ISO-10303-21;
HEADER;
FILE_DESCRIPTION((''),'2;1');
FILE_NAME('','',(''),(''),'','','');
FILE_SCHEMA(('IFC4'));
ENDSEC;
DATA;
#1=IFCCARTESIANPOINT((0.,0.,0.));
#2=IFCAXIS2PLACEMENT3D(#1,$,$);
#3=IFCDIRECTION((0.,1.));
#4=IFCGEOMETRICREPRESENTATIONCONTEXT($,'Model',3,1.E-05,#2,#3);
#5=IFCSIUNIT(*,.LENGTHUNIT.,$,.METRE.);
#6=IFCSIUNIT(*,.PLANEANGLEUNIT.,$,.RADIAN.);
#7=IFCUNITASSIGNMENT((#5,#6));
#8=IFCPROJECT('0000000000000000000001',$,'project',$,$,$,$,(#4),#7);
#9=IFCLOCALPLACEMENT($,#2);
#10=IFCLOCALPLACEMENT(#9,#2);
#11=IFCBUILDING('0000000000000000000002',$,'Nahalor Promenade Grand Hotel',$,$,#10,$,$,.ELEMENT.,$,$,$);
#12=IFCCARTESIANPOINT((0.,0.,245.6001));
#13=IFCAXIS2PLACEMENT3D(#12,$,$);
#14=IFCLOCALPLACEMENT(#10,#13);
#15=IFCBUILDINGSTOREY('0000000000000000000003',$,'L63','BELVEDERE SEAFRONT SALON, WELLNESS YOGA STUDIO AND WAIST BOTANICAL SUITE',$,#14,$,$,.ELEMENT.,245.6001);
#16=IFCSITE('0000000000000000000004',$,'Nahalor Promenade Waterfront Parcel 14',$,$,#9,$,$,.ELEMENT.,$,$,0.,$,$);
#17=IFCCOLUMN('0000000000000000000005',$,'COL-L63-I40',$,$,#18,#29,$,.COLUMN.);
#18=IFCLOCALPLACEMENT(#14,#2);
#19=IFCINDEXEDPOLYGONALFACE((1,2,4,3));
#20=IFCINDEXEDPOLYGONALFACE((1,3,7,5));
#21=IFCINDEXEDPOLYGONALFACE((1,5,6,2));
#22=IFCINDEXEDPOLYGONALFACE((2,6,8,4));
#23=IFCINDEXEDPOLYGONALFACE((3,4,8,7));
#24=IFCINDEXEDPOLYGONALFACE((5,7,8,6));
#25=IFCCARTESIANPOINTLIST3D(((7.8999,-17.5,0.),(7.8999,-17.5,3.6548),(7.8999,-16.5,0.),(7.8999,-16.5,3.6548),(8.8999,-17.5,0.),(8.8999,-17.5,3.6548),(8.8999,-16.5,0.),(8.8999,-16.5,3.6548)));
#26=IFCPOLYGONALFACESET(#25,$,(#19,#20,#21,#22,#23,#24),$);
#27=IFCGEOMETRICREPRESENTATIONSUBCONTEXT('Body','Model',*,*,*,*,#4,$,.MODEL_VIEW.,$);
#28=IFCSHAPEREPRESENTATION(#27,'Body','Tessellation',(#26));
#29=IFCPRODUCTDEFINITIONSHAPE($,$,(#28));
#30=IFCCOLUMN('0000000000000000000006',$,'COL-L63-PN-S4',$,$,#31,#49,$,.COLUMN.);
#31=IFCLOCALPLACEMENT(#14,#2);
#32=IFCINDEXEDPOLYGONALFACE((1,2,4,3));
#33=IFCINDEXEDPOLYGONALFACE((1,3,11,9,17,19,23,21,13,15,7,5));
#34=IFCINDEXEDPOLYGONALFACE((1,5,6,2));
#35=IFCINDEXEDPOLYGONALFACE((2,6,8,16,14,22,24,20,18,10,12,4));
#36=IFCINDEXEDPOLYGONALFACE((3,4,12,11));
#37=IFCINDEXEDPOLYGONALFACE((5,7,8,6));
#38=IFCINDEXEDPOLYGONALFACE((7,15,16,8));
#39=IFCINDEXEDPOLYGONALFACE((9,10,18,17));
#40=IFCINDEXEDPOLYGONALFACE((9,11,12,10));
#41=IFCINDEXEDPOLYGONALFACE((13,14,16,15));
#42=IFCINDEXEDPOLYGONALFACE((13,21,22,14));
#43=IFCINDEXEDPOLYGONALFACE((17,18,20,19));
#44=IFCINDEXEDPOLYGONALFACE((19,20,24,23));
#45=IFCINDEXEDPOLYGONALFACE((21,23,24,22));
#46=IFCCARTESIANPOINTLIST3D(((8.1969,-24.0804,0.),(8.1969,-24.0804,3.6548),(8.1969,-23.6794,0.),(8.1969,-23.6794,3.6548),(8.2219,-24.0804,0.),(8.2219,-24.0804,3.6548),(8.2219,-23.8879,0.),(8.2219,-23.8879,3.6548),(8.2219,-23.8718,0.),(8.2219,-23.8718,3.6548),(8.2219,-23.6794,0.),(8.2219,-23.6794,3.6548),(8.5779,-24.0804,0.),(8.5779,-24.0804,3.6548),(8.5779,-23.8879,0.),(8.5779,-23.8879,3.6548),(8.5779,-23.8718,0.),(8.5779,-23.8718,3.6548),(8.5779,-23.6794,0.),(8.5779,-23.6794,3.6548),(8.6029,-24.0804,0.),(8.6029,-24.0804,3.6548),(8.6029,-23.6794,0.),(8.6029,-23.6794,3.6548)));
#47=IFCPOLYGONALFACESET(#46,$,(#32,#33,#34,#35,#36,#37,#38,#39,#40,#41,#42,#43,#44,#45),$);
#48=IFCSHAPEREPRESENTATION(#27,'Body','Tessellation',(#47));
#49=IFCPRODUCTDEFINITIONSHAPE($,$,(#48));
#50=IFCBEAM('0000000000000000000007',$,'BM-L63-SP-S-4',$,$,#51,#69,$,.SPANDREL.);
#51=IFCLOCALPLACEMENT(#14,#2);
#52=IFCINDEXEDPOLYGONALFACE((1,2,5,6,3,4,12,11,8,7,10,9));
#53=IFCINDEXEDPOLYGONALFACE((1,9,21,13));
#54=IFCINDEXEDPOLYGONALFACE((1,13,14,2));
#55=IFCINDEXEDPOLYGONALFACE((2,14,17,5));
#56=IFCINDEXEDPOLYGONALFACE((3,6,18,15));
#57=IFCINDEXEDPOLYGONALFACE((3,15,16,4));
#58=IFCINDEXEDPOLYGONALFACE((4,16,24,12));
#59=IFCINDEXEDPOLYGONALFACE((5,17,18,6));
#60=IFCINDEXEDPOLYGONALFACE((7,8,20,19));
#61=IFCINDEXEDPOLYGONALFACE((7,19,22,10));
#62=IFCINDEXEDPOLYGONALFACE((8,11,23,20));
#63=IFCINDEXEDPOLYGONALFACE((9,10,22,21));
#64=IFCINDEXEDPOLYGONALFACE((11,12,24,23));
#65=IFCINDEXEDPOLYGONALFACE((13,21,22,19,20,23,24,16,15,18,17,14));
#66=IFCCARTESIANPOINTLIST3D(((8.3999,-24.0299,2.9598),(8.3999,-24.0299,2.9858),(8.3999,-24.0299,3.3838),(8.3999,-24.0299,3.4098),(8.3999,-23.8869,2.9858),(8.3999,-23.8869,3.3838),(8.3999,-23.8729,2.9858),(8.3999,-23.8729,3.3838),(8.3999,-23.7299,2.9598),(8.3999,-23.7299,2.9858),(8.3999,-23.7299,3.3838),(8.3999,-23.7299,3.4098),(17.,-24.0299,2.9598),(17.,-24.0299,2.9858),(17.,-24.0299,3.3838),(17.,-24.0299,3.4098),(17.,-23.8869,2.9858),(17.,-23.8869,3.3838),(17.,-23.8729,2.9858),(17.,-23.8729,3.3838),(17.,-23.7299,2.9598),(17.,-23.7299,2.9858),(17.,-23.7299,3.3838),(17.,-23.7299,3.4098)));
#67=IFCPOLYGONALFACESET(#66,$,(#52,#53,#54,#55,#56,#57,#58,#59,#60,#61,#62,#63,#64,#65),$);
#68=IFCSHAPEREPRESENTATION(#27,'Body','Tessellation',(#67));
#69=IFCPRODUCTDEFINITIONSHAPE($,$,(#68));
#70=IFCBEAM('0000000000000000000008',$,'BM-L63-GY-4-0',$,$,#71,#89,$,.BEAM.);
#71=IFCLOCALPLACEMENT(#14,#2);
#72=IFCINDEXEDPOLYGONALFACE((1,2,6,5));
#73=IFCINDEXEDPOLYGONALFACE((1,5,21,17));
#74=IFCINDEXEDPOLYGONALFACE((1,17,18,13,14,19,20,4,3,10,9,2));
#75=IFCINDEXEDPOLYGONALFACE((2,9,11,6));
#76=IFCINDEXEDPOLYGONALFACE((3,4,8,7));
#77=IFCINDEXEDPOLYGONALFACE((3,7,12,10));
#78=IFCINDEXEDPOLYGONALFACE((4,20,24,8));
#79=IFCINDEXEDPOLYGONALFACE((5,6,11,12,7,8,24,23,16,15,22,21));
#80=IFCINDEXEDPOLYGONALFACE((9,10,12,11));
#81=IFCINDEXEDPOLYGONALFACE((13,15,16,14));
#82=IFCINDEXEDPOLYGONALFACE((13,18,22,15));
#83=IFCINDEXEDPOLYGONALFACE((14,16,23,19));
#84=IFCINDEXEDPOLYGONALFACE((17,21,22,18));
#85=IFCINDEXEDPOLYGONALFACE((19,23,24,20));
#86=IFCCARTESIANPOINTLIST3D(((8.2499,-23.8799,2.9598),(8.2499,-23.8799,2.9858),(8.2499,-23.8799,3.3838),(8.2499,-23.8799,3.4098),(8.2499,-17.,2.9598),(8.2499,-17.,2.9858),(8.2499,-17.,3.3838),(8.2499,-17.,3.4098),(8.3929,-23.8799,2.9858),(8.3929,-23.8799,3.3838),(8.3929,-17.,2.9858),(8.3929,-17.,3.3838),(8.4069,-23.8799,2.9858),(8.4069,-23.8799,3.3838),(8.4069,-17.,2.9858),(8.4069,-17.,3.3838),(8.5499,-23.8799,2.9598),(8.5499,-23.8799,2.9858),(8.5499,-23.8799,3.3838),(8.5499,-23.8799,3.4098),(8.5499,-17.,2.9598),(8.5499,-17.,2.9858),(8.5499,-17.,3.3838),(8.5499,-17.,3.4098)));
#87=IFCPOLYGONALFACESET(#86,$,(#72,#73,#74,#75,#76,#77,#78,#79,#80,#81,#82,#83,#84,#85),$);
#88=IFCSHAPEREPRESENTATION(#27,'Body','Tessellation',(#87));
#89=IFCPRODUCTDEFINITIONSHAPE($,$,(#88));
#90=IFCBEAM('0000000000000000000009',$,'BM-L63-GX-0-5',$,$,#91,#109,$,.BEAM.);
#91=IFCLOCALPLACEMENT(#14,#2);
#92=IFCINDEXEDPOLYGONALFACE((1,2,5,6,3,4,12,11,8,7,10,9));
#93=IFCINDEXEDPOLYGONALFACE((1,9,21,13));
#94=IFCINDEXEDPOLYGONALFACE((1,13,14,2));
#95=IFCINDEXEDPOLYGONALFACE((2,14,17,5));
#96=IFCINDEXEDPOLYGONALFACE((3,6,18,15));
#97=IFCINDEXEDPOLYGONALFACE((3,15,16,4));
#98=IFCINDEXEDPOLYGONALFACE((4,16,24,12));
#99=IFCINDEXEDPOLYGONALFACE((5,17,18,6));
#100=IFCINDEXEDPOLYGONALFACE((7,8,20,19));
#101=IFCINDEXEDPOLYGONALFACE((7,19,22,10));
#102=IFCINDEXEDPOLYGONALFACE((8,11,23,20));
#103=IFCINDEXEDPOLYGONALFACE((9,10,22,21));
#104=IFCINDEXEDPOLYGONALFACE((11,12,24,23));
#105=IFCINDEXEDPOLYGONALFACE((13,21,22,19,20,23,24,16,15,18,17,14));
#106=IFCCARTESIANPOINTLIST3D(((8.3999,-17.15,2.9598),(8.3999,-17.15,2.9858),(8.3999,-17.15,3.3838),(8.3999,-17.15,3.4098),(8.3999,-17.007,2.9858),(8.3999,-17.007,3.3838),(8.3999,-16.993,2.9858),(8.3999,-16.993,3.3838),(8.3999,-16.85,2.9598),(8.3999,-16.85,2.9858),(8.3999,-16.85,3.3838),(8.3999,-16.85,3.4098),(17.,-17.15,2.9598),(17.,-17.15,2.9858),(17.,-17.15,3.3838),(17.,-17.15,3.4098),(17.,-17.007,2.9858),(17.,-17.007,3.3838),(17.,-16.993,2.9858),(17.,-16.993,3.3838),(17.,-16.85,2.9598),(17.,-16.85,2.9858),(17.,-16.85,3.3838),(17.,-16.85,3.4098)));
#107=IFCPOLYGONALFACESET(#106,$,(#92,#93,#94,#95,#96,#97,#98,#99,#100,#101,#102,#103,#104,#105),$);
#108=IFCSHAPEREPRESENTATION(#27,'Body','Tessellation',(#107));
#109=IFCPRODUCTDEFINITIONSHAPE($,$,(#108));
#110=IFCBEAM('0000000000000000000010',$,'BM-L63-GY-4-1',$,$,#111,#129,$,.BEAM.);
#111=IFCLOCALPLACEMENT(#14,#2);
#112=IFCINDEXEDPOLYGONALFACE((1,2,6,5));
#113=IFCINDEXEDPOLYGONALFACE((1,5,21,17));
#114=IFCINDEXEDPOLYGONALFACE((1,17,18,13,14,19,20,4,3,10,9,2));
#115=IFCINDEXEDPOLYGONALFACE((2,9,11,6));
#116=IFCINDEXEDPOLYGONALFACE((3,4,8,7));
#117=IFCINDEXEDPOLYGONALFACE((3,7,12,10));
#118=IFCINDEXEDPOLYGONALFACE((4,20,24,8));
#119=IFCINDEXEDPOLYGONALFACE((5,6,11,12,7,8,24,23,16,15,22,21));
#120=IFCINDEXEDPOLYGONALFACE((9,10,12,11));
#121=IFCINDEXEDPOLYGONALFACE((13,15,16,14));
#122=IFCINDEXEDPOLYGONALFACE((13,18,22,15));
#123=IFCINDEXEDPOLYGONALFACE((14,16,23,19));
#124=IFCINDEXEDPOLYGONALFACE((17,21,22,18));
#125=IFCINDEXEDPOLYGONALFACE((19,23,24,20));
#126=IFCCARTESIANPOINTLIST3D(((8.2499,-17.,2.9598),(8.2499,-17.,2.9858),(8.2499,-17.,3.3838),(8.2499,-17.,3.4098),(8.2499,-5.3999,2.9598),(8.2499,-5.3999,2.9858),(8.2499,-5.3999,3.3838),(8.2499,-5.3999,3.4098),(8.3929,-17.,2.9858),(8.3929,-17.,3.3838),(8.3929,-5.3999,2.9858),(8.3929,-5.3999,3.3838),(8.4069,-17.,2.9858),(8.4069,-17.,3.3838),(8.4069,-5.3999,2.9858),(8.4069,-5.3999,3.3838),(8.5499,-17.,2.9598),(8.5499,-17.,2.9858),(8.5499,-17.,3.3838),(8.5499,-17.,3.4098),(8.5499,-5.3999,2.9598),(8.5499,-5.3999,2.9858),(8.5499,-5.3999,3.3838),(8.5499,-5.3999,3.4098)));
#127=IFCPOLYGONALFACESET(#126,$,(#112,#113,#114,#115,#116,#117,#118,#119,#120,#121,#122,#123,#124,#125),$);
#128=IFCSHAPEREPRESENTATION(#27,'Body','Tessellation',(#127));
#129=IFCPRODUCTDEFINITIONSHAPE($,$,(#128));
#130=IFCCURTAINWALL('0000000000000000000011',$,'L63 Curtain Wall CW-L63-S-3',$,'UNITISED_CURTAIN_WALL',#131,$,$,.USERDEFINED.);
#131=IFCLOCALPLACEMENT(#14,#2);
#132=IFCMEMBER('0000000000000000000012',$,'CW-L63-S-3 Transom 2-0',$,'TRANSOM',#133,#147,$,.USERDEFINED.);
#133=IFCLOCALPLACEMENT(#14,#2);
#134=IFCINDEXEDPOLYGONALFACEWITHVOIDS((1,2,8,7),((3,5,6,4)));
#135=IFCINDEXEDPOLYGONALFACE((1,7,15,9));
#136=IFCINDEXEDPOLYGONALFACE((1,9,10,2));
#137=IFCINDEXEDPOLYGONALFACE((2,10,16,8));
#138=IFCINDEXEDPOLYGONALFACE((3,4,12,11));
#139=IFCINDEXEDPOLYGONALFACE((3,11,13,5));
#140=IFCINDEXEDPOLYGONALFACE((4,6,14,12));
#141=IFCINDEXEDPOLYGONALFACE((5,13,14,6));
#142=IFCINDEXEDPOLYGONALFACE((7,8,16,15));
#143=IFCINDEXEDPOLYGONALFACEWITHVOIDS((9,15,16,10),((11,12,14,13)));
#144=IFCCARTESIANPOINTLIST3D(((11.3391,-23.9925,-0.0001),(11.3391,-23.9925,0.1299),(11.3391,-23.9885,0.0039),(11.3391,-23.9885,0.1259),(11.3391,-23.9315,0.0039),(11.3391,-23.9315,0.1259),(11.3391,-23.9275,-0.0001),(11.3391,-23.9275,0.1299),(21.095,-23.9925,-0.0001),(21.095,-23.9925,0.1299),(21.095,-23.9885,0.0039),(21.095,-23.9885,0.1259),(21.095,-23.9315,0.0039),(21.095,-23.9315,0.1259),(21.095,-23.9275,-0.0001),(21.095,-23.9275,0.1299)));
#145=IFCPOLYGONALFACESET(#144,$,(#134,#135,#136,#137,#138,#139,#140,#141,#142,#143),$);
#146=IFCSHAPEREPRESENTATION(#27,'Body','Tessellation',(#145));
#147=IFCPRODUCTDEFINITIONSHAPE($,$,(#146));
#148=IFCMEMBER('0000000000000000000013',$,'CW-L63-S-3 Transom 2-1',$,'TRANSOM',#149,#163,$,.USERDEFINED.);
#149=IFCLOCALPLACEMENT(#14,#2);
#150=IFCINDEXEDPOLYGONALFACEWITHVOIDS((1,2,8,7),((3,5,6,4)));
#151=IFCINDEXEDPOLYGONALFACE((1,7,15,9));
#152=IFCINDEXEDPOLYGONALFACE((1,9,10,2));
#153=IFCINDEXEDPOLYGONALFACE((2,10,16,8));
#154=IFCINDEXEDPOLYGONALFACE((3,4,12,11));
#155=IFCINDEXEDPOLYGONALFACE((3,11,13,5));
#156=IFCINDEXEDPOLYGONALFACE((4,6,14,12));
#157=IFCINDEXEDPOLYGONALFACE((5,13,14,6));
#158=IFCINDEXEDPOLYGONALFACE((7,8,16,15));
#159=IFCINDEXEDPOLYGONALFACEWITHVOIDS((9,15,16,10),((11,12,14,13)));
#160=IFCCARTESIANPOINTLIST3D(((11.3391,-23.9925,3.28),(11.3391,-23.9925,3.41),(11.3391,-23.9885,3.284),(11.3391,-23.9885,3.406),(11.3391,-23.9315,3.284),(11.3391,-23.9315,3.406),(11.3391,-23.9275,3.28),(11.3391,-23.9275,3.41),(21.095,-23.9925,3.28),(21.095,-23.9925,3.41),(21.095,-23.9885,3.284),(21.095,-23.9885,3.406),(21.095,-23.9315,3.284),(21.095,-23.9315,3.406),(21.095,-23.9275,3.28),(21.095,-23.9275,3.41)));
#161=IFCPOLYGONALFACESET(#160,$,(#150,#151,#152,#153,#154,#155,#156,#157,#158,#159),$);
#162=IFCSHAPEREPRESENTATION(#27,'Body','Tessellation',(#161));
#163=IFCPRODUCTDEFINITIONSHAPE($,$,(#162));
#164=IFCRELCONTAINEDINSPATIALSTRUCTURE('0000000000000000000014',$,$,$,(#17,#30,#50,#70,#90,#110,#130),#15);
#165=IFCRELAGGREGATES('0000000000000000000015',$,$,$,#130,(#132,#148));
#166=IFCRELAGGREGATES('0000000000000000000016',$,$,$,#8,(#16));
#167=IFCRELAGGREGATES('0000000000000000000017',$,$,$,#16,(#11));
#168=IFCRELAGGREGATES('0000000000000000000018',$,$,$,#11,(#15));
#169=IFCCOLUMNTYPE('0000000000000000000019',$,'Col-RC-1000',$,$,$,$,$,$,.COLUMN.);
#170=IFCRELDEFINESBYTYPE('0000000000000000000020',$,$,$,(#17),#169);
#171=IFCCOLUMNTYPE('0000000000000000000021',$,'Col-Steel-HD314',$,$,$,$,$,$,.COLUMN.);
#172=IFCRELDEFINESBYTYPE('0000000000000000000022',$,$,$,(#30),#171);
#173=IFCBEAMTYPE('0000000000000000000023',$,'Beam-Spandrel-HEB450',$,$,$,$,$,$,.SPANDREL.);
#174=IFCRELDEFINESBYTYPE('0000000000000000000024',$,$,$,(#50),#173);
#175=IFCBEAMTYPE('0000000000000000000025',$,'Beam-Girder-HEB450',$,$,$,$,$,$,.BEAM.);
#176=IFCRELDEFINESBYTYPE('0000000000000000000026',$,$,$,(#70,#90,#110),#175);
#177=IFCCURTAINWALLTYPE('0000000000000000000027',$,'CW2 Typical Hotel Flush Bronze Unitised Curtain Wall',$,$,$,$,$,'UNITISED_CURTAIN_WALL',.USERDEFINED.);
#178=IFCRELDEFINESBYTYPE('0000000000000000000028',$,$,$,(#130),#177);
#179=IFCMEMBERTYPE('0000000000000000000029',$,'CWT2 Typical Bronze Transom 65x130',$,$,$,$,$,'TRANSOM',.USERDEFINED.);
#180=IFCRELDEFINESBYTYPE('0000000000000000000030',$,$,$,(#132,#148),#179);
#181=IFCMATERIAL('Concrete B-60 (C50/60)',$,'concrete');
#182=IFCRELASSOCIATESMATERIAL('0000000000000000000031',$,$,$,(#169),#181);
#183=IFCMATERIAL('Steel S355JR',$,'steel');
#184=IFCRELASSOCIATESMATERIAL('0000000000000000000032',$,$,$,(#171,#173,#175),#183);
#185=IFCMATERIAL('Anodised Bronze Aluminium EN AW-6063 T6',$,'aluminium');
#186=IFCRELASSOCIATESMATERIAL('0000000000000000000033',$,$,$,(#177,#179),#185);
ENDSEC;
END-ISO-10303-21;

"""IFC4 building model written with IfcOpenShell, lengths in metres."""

from ifc_helpers import new_model, si_unit, direction, frame, origin, origin_2d, place, context, subcontext, project, spatial, rectangle, hollow_rectangle, i_section, extrude, source, transform, mapped, material, material_profile, profile_set, type_object, element, aggregate, save


model = new_model("IFC4")

# Units and contexts
model_context = context("Model", 3, precision=1e-05, world=origin(), true_north=direction((0.0, 1.0)))
body_context = subcontext(model_context, "Body", "Model", "MODEL_VIEW")
ifc_project = project(units=[si_unit("LENGTHUNIT", "METRE"), si_unit("PLANEANGLEUNIT", "RADIAN")], contexts=[model_context])

# Site, building, storey
site_placement = place(None, origin())
site = spatial("IfcSite", under=ifc_project, at=site_placement, Name="Nahalor Promenade Waterfront Parcel 14", CompositionType="ELEMENT", RefElevation=0.0)
building_placement = place(site_placement, origin())
building = spatial("IfcBuilding", under=site, at=building_placement, Name="Nahalor Promenade Grand Hotel", CompositionType="ELEMENT")
storey_placement = place(building_placement, frame((0.0, 0.0, 245.6001)))
storey = spatial("IfcBuildingStorey", under=building, at=storey_placement, Name="L63", Description="BELVEDERE SEAFRONT SALON, WELLNESS YOGA STUDIO AND WAIST BOTANICAL SUITE", CompositionType="ELEMENT", Elevation=245.6001)

# Columns
ifc_material_1 = material(Name="Concrete B-60 (C50/60)", Category="concrete")
ifc_material_profile_1 = material_profile(ifc_material_1, rectangle(XDim=1.0, YDim=1.0, at=origin_2d()), Name="RC 1000x1000")
ifc_profile_set_1 = profile_set([ifc_material_profile_1], Name="Concrete B-60 (C50/60)")
column_type_1 = type_object("IfcColumnType", Name="Col-RC-1000", PredefinedType="COLUMN", material=ifc_profile_set_1)
shared_shape_1 = source(origin(), body_context, "Body", "SweptSolid", [
    extrude(rectangle(XDim=1.0, YDim=1.0, at=origin_2d()), origin(), (0.0, 0.0, 1.0), 3.6548),
])
column_1_placement = place(storey_placement, frame((8.3999, -17.0, 0.0), z_axis=(0.0, 0.0, 1.0), x_axis=(1.0, 0.0, 0.0)))
element("IfcColumn", 1, at=column_1_placement, inside=storey, type_object=column_type_1, Name="COL-L63-I40", PredefinedType="COLUMN", context=body_context, shape_type="MappedRepresentation", body=[
    mapped(shared_shape_1, transform((0.0, 0.0, 0.0), scale=1.0)),
])
ifc_material_2 = material(Name="Steel S355JR", Category="steel")
ifc_material_profile_2 = material_profile(ifc_material_2, i_section(OverallWidth=0.401, OverallDepth=0.406, WebThickness=0.0161, FlangeThickness=0.025, at=origin_2d()), Name="HD 400x314")
ifc_profile_set_2 = profile_set([ifc_material_profile_2], Name="Steel S355JR")
column_type_2 = type_object("IfcColumnType", Name="Col-Steel-HD314", PredefinedType="COLUMN", material=ifc_profile_set_2)
shared_shape_2 = source(origin(), body_context, "Body", "SweptSolid", [
    extrude(i_section(OverallWidth=0.401, OverallDepth=0.406, WebThickness=0.0161, FlangeThickness=0.025, at=origin_2d()), origin(), (0.0, 0.0, 1.0), 3.6548),
])
column_2_placement = place(storey_placement, frame((8.3999, -23.8799, 0.0), z_axis=(0.0, 0.0, 1.0), x_axis=(0.0, 1.0, 0.0)))
element("IfcColumn", 2, at=column_2_placement, inside=storey, type_object=column_type_2, Name="COL-L63-PN-S4", PredefinedType="COLUMN", context=body_context, shape_type="MappedRepresentation", body=[
    mapped(shared_shape_2, transform((0.0, 0.0, 0.0), scale=1.0)),
])

# Beams
ifc_material_profile_3 = material_profile(ifc_material_2, i_section(OverallWidth=0.3, OverallDepth=0.45, WebThickness=0.014, FlangeThickness=0.026, at=origin_2d()), Name="HEB 450")
ifc_profile_set_3 = profile_set([ifc_material_profile_3], Name="Steel S355JR")
beam_type_1 = type_object("IfcBeamType", Name="Beam-Spandrel-HEB450", PredefinedType="SPANDREL", material=ifc_profile_set_3)
shared_shape_3 = source(origin(), body_context, "Body", "SweptSolid", [
    extrude(i_section(OverallWidth=0.3, OverallDepth=0.45, WebThickness=0.014, FlangeThickness=0.026, at=origin_2d()), origin(), (0.0, 0.0, 1.0), 8.6001),
])
beam_1_placement = place(storey_placement, frame((8.3999, -23.8799, 3.1848), z_axis=(1.0, 0.0, 0.0), x_axis=(0.0, 1.0, 0.0)))
element("IfcBeam", 3, at=beam_1_placement, inside=storey, type_object=beam_type_1, Name="BM-L63-SP-S-4", PredefinedType="SPANDREL", context=body_context, shape_type="MappedRepresentation", body=[
    mapped(shared_shape_3, transform((0.0, 0.0, 0.0), scale=1.0)),
])
ifc_material_profile_4 = material_profile(ifc_material_2, i_section(OverallWidth=0.3, OverallDepth=0.45, WebThickness=0.014, FlangeThickness=0.026, at=origin_2d()), Name="HEB 450")
ifc_profile_set_4 = profile_set([ifc_material_profile_4], Name="Steel S355JR")
beam_type_2 = type_object("IfcBeamType", Name="Beam-Girder-HEB450", PredefinedType="BEAM", material=ifc_profile_set_4)
shared_shape_4 = source(origin(), body_context, "Body", "SweptSolid", [
    extrude(i_section(OverallWidth=0.3, OverallDepth=0.45, WebThickness=0.014, FlangeThickness=0.026, at=origin_2d()), origin(), (0.0, 0.0, 1.0), 6.8799),
])
beam_2_placement = place(storey_placement, frame((8.3999, -23.8799, 3.1848), z_axis=(0.0, 1.0, 0.0), x_axis=(-1.0, 0.0, 0.0)))
element("IfcBeam", 4, at=beam_2_placement, inside=storey, type_object=beam_type_2, Name="BM-L63-GY-4-0", PredefinedType="BEAM", context=body_context, shape_type="MappedRepresentation", body=[
    mapped(shared_shape_4, transform((0.0, 0.0, 0.0), scale=1.0)),
])
shared_shape_5 = source(origin(), body_context, "Body", "SweptSolid", [
    extrude(i_section(OverallWidth=0.3, OverallDepth=0.45, WebThickness=0.014, FlangeThickness=0.026, at=origin_2d()), origin(), (0.0, 0.0, 1.0), 8.6001),
])
beam_3_placement = place(storey_placement, frame((8.3999, -17.0, 3.1848), z_axis=(1.0, 0.0, 0.0), x_axis=(0.0, 1.0, 0.0)))
element("IfcBeam", 5, at=beam_3_placement, inside=storey, type_object=beam_type_2, Name="BM-L63-GX-0-5", PredefinedType="BEAM", context=body_context, shape_type="MappedRepresentation", body=[
    mapped(shared_shape_5, transform((0.0, 0.0, 0.0), scale=1.0)),
])
shared_shape_6 = source(origin(), body_context, "Body", "SweptSolid", [
    extrude(i_section(OverallWidth=0.3, OverallDepth=0.45, WebThickness=0.014, FlangeThickness=0.026, at=origin_2d()), origin(), (0.0, 0.0, 1.0), 11.6001),
])
beam_4_placement = place(storey_placement, frame((8.3999, -17.0, 3.1848), z_axis=(0.0, 1.0, 0.0), x_axis=(-1.0, 0.0, 0.0)))
element("IfcBeam", 6, at=beam_4_placement, inside=storey, type_object=beam_type_2, Name="BM-L63-GY-4-1", PredefinedType="BEAM", context=body_context, shape_type="MappedRepresentation", body=[
    mapped(shared_shape_6, transform((0.0, 0.0, 0.0), scale=1.0)),
])

# Curtain wall, members
ifc_material_3 = material(Name="Anodised Bronze Aluminium EN AW-6063 T6", Category="aluminium")
curtain_wall_type = type_object("IfcCurtainWallType", Name="CW2 Typical Hotel Flush Bronze Unitised Curtain Wall", ElementType="UNITISED_CURTAIN_WALL", PredefinedType="USERDEFINED", material=ifc_material_3)
curtain_wall_placement = place(storey_placement, origin())
curtain_wall = element("IfcCurtainWall", 7, at=curtain_wall_placement, inside=storey, type_object=curtain_wall_type, Name="L63 Curtain Wall CW-L63-S-3", ObjectType="UNITISED_CURTAIN_WALL", PredefinedType="USERDEFINED")
ifc_material_profile_5 = material_profile(ifc_material_3, hollow_rectangle(XDim=0.065, YDim=0.13, WallThickness=0.004, at=origin_2d()), Name="CWT 65x130x4")
ifc_profile_set_5 = profile_set([ifc_material_profile_5], Name="Anodised Bronze Aluminium EN AW-6063 T6")
member_type_1 = type_object("IfcMemberType", Name="CWT2 Typical Bronze Transom 65x130", ElementType="TRANSOM", PredefinedType="USERDEFINED", material=ifc_profile_set_5)
shared_shape_7 = source(origin(), body_context, "Body", "SweptSolid", [
    extrude(hollow_rectangle(XDim=0.065, YDim=0.13, WallThickness=0.004, at=origin_2d()), origin(), (0.0, 0.0, 1.0), 9.7559),
])
member_1_placement = place(storey_placement, frame((11.3391, -23.96, 0.0649), z_axis=(1.0, 0.0, 0.0), x_axis=(0.0, 1.0, 0.0)))
member_1 = element("IfcMember", 8, at=member_1_placement, type_object=member_type_1, Name="CW-L63-S-3 Transom 2-0", ObjectType="TRANSOM", PredefinedType="USERDEFINED", context=body_context, shape_type="MappedRepresentation", body=[
    mapped(shared_shape_7, transform((0.0, 0.0, 0.0), scale=1.0)),
])
member_2_placement = place(storey_placement, frame((11.3391, -23.96, 3.345), z_axis=(1.0, 0.0, 0.0), x_axis=(0.0, 1.0, 0.0)))
member_2 = element("IfcMember", 9, at=member_2_placement, type_object=member_type_1, Name="CW-L63-S-3 Transom 2-1", ObjectType="TRANSOM", PredefinedType="USERDEFINED", context=body_context, shape_type="MappedRepresentation", body=[
    mapped(shared_shape_7, transform((0.0, 0.0, 0.0), scale=1.0)),
])
aggregate(curtain_wall, [member_1, member_2])

save(model, "model.ifc")
